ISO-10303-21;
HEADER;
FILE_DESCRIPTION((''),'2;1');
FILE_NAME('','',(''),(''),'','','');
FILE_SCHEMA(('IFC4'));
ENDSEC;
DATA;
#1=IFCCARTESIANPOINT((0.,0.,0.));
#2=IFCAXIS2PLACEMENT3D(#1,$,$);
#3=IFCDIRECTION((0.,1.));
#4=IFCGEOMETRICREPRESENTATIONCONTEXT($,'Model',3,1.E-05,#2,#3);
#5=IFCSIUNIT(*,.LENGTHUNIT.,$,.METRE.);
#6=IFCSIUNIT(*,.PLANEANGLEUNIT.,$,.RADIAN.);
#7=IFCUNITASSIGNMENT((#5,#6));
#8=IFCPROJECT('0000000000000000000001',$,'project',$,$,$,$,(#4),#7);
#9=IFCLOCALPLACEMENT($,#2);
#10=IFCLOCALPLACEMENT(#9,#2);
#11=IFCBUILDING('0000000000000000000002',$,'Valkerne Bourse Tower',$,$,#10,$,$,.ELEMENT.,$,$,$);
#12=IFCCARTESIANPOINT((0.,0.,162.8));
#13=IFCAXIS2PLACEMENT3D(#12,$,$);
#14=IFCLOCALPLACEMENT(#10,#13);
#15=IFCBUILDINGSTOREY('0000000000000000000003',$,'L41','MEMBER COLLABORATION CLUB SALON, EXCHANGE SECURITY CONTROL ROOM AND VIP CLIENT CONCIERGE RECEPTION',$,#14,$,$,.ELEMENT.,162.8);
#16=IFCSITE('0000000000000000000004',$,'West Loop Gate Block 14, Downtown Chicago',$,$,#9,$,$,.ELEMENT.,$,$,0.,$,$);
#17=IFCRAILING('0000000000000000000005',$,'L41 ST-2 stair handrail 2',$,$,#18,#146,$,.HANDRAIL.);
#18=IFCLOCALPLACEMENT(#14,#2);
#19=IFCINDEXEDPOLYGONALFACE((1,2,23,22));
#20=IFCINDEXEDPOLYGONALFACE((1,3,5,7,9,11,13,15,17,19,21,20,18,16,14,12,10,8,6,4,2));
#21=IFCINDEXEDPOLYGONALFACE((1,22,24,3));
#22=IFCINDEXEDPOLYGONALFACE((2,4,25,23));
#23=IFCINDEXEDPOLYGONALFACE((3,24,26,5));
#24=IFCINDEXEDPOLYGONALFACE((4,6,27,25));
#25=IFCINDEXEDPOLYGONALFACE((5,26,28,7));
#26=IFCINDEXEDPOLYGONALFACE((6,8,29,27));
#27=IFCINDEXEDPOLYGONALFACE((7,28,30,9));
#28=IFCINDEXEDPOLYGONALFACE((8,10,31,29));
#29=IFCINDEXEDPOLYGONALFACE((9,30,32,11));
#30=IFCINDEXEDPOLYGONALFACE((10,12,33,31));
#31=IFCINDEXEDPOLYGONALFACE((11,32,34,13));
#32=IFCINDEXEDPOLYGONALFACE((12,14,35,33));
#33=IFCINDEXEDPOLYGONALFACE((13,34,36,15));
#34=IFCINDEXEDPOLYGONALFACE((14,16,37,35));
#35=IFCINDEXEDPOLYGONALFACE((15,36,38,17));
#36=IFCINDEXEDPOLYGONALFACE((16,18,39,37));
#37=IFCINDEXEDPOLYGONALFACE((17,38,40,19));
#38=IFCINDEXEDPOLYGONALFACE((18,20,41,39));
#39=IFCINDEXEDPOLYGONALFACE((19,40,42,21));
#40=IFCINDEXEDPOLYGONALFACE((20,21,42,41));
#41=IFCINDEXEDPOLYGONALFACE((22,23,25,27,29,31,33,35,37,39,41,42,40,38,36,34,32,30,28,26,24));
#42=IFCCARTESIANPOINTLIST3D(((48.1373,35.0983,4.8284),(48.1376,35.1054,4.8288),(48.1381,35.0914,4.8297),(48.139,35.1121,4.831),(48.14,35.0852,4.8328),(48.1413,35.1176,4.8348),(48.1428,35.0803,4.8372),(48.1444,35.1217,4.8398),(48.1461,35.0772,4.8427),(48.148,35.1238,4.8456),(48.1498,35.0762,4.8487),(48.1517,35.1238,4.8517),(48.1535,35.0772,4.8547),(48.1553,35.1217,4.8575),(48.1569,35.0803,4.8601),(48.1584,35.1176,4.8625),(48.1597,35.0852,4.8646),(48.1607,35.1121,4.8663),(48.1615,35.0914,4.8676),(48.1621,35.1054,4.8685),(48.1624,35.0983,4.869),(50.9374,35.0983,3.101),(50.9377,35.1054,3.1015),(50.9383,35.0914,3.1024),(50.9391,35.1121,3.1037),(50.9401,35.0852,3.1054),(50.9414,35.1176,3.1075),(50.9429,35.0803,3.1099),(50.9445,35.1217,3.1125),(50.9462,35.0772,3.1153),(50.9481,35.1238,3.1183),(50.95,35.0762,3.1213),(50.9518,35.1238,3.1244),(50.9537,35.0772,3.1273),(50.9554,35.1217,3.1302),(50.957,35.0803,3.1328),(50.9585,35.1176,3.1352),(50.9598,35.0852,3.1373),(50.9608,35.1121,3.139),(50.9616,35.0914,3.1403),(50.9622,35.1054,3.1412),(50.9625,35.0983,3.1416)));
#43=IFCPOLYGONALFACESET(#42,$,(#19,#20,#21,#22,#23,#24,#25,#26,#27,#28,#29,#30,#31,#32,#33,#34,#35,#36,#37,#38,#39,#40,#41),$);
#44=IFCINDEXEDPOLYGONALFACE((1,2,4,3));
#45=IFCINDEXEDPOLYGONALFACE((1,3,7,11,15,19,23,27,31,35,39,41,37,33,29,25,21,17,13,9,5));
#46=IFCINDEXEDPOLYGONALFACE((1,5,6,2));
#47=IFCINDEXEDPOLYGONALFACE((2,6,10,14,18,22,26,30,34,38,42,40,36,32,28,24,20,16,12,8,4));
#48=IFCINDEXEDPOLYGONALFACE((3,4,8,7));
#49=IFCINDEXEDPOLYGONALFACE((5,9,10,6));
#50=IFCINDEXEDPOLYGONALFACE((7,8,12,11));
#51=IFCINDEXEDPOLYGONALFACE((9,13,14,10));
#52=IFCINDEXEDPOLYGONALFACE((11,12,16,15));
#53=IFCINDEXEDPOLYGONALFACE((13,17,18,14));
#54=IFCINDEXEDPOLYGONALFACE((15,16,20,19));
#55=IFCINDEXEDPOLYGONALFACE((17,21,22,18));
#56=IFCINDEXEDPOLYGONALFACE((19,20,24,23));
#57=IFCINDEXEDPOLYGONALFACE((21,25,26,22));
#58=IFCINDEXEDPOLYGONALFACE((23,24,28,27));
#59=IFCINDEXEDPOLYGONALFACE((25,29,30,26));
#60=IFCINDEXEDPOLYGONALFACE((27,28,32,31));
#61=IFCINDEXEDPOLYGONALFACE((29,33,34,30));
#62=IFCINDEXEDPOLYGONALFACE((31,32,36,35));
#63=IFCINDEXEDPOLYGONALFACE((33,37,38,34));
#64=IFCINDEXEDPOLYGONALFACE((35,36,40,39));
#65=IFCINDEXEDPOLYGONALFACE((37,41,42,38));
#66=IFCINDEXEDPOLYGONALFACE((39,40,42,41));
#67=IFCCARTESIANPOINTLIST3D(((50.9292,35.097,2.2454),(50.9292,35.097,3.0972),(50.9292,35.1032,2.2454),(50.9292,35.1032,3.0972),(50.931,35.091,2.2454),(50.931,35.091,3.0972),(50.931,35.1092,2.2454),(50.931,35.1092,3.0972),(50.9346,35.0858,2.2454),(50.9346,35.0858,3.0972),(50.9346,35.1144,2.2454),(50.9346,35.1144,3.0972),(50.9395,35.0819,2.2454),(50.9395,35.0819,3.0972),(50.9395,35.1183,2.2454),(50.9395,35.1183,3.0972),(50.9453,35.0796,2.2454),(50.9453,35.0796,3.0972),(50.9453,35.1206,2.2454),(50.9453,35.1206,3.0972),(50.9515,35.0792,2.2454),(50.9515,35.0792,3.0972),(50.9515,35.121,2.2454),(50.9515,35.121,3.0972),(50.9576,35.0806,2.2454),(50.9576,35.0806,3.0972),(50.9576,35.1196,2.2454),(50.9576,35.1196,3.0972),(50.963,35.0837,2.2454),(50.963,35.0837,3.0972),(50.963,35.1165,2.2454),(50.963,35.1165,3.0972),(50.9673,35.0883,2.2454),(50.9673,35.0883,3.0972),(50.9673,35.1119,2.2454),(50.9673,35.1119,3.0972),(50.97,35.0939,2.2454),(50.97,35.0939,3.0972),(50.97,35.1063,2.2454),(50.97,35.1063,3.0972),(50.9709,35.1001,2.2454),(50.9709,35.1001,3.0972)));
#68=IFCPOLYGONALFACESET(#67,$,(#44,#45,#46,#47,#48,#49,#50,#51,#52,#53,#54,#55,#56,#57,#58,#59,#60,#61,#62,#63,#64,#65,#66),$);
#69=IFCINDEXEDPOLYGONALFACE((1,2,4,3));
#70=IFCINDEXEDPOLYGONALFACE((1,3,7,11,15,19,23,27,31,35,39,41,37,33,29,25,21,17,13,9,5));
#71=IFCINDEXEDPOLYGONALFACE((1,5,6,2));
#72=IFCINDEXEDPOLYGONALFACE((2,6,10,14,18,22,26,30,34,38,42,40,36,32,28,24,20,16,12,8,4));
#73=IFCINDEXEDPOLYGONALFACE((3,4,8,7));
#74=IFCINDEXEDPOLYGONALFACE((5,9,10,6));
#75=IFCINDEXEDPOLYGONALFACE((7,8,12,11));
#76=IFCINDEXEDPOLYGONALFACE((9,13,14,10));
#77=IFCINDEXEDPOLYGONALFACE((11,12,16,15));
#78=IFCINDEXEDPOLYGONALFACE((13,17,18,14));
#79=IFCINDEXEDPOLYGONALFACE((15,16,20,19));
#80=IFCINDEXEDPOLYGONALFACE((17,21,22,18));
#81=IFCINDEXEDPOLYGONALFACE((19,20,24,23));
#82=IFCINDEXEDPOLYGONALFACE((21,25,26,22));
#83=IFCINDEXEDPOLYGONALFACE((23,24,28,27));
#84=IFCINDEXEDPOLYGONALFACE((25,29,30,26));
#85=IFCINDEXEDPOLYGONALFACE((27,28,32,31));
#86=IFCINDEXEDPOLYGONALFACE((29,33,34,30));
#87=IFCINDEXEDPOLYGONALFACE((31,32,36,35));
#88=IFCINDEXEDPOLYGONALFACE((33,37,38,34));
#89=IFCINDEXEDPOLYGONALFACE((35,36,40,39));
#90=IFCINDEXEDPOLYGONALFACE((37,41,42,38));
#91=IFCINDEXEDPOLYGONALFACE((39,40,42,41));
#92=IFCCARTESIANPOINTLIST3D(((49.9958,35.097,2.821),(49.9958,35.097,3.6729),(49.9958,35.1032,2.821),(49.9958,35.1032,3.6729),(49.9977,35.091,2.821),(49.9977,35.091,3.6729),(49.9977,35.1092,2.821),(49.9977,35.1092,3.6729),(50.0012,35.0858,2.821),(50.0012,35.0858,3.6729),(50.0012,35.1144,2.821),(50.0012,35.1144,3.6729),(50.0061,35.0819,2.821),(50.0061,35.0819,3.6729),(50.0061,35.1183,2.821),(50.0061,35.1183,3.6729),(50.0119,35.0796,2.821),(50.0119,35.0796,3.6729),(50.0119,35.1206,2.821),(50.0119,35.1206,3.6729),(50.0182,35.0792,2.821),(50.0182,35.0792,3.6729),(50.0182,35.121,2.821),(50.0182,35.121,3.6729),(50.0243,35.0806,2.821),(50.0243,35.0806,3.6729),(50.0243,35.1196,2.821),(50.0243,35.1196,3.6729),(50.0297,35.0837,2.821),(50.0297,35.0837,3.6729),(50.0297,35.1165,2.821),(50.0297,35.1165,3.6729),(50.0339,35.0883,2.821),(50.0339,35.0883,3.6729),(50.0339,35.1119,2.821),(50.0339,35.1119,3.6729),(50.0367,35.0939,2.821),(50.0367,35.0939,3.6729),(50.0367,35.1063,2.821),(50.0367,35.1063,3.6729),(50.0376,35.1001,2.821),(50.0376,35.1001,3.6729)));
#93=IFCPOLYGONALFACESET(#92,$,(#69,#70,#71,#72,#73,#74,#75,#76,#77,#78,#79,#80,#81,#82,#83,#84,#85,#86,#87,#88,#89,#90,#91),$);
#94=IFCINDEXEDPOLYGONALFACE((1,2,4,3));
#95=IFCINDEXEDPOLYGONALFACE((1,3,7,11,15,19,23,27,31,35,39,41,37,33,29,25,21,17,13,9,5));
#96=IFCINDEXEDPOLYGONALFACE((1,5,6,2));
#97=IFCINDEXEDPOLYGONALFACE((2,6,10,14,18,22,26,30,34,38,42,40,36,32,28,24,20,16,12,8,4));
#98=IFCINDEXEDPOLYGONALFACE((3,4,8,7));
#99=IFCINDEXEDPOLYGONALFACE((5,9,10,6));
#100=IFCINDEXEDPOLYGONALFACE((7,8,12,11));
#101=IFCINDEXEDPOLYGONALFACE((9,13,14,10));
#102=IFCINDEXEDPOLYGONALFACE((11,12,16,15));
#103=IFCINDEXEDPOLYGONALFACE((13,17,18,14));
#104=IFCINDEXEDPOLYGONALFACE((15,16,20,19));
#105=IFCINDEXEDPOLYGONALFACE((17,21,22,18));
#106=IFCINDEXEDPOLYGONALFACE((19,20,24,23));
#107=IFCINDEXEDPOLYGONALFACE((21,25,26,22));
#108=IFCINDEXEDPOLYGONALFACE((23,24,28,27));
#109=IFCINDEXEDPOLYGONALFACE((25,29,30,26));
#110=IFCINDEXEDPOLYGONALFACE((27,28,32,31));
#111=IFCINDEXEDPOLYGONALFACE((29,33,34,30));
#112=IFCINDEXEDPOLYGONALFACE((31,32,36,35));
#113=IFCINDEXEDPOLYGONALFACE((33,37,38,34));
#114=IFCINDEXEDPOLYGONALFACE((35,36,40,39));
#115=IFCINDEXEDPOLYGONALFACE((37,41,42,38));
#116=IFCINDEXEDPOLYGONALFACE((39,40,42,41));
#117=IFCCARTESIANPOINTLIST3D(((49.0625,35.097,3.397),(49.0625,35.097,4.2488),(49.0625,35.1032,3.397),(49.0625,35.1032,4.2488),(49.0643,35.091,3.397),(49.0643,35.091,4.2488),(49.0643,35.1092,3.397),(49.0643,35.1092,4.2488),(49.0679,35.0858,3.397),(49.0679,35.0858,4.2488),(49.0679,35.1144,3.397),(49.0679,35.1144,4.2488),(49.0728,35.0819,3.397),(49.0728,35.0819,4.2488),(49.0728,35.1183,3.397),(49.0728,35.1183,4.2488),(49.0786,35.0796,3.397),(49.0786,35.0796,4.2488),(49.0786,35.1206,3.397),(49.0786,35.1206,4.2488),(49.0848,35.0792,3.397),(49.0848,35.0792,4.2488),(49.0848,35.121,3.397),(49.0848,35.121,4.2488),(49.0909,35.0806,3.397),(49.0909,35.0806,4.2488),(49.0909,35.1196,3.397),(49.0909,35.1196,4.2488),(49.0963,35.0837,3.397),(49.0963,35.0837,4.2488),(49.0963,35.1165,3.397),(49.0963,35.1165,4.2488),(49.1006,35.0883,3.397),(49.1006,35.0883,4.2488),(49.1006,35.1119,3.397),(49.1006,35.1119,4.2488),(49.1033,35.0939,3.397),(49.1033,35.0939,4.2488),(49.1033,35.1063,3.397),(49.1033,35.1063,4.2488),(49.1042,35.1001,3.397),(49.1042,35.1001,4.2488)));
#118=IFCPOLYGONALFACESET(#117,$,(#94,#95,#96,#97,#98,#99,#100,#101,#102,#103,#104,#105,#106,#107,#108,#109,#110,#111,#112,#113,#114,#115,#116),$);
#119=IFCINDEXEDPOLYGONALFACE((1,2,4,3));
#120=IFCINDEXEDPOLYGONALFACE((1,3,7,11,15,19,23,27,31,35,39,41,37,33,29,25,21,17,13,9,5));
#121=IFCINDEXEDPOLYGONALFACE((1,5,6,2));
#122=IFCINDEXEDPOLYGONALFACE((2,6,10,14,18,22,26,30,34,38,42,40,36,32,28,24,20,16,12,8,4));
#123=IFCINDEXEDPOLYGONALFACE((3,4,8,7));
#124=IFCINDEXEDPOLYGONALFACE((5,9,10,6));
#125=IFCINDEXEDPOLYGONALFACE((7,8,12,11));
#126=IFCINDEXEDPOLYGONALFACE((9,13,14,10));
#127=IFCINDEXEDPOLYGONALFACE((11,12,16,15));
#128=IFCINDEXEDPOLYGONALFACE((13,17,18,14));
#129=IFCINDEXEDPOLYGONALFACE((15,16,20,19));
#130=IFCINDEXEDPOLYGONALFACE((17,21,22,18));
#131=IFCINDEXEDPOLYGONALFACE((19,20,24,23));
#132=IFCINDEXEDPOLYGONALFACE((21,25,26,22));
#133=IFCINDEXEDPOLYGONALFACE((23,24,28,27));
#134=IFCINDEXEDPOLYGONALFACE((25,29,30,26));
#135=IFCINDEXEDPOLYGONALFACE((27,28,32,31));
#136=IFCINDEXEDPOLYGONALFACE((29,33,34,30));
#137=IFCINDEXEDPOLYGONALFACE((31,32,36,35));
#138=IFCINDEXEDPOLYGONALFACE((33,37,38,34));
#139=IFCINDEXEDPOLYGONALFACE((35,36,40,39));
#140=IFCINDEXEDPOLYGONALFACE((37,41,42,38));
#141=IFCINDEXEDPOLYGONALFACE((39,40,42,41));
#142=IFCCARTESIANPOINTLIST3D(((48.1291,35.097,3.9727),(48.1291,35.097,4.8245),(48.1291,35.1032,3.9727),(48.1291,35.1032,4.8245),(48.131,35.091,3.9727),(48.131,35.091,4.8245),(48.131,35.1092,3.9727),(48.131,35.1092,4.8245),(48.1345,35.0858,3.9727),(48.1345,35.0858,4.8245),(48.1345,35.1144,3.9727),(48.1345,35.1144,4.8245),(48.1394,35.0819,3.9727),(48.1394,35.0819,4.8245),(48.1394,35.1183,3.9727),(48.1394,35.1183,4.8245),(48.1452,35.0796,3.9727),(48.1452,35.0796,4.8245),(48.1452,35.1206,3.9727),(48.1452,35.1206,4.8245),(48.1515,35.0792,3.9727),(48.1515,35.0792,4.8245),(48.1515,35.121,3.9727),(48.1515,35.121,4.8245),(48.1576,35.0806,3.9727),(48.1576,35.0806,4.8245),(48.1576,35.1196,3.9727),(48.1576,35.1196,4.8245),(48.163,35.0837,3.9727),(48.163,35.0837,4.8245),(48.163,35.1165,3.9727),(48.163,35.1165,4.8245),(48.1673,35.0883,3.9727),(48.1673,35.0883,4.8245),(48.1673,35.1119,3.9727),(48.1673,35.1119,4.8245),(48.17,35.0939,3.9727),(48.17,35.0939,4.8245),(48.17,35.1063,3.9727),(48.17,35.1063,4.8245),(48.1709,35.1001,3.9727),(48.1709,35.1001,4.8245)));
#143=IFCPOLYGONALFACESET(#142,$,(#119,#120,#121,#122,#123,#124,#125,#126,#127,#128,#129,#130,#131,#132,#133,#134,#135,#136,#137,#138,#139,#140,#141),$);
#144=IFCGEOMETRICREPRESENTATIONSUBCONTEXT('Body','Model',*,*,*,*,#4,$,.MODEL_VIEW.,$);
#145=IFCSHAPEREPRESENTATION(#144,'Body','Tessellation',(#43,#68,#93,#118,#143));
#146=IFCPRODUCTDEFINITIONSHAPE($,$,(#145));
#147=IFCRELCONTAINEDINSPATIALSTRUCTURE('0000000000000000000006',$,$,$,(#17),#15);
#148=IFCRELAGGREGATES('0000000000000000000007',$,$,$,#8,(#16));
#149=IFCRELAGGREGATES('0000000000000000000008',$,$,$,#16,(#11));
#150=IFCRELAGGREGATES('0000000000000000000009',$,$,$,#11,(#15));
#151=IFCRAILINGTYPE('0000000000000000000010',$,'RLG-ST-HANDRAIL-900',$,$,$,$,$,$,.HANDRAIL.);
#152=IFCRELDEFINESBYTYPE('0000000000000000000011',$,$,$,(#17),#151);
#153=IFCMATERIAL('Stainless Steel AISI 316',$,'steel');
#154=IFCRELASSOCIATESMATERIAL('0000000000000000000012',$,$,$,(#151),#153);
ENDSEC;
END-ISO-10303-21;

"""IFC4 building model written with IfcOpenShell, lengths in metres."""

from ifc_helpers import new_model, si_unit, direction, frame, origin, origin_2d, place, context, subcontext, project, spatial, circle, extrude, material, type_object, element, save


model = new_model("IFC4")

# Units and contexts
model_context = context("Model", 3, precision=1e-05, world=origin(), true_north=direction((0.0, 1.0)))
body_context = subcontext(model_context, "Body", "Model", "MODEL_VIEW")
ifc_project = project(units=[si_unit("LENGTHUNIT", "METRE"), si_unit("PLANEANGLEUNIT", "RADIAN")], contexts=[model_context])

# Site, building, storey
site_placement = place(None, origin())
site = spatial("IfcSite", under=ifc_project, at=site_placement, Name="West Loop Gate Block 14, Downtown Chicago", CompositionType="ELEMENT", RefElevation=0.0)
building_placement = place(site_placement, origin())
building = spatial("IfcBuilding", under=site, at=building_placement, Name="Valkerne Bourse Tower", CompositionType="ELEMENT")
storey_placement = place(building_placement, frame((0.0, 0.0, 162.8)))
storey = spatial("IfcBuildingStorey", under=building, at=storey_placement, Name="L41", Description="MEMBER COLLABORATION CLUB SALON, EXCHANGE SECURITY CONTROL ROOM AND VIP CLIENT CONCIERGE RECEPTION", CompositionType="ELEMENT", Elevation=162.8)

# Railing
ifc_material_1 = material(Name="Stainless Steel AISI 316", Category="steel")
railing_type = type_object("IfcRailingType", Name="RLG-ST-HANDRAIL-900", PredefinedType="HANDRAIL", material=ifc_material_1)
railing_placement = place(storey_placement, frame((50.95, 35.1001, 2.2454)))
element("IfcRailing", 1, at=railing_placement, inside=storey, type_object=railing_type, Name="L41 ST-2 stair handrail 2", PredefinedType="HANDRAIL", context=body_context, shape_type="SweptSolid", body=[
    extrude(circle(Radius=0.0239, at=origin_2d()), frame((0.0, 0.0, 0.876), z_axis=(-0.85109, 0.0, 0.52502), x_axis=(0.0, -1.0, 0.0)), (0.0, 0.0, 1.0), 3.29),
    extrude(circle(Radius=0.021, at=origin_2d()), origin(), (0.0, 0.0, 1.0), 0.8518),
    extrude(circle(Radius=0.021, at=origin_2d()), frame((-0.9333, 0.0, 0.5757)), (0.0, 0.0, 1.0), 0.8518),
    extrude(circle(Radius=0.021, at=origin_2d()), frame((-1.8667, 0.0, 1.1516)), (0.0, 0.0, 1.0), 0.8518),
    extrude(circle(Radius=0.021, at=origin_2d()), frame((-2.8, 0.0, 1.7273)), (0.0, 0.0, 1.0), 0.8518),
])

save(model, "model.ifc")
